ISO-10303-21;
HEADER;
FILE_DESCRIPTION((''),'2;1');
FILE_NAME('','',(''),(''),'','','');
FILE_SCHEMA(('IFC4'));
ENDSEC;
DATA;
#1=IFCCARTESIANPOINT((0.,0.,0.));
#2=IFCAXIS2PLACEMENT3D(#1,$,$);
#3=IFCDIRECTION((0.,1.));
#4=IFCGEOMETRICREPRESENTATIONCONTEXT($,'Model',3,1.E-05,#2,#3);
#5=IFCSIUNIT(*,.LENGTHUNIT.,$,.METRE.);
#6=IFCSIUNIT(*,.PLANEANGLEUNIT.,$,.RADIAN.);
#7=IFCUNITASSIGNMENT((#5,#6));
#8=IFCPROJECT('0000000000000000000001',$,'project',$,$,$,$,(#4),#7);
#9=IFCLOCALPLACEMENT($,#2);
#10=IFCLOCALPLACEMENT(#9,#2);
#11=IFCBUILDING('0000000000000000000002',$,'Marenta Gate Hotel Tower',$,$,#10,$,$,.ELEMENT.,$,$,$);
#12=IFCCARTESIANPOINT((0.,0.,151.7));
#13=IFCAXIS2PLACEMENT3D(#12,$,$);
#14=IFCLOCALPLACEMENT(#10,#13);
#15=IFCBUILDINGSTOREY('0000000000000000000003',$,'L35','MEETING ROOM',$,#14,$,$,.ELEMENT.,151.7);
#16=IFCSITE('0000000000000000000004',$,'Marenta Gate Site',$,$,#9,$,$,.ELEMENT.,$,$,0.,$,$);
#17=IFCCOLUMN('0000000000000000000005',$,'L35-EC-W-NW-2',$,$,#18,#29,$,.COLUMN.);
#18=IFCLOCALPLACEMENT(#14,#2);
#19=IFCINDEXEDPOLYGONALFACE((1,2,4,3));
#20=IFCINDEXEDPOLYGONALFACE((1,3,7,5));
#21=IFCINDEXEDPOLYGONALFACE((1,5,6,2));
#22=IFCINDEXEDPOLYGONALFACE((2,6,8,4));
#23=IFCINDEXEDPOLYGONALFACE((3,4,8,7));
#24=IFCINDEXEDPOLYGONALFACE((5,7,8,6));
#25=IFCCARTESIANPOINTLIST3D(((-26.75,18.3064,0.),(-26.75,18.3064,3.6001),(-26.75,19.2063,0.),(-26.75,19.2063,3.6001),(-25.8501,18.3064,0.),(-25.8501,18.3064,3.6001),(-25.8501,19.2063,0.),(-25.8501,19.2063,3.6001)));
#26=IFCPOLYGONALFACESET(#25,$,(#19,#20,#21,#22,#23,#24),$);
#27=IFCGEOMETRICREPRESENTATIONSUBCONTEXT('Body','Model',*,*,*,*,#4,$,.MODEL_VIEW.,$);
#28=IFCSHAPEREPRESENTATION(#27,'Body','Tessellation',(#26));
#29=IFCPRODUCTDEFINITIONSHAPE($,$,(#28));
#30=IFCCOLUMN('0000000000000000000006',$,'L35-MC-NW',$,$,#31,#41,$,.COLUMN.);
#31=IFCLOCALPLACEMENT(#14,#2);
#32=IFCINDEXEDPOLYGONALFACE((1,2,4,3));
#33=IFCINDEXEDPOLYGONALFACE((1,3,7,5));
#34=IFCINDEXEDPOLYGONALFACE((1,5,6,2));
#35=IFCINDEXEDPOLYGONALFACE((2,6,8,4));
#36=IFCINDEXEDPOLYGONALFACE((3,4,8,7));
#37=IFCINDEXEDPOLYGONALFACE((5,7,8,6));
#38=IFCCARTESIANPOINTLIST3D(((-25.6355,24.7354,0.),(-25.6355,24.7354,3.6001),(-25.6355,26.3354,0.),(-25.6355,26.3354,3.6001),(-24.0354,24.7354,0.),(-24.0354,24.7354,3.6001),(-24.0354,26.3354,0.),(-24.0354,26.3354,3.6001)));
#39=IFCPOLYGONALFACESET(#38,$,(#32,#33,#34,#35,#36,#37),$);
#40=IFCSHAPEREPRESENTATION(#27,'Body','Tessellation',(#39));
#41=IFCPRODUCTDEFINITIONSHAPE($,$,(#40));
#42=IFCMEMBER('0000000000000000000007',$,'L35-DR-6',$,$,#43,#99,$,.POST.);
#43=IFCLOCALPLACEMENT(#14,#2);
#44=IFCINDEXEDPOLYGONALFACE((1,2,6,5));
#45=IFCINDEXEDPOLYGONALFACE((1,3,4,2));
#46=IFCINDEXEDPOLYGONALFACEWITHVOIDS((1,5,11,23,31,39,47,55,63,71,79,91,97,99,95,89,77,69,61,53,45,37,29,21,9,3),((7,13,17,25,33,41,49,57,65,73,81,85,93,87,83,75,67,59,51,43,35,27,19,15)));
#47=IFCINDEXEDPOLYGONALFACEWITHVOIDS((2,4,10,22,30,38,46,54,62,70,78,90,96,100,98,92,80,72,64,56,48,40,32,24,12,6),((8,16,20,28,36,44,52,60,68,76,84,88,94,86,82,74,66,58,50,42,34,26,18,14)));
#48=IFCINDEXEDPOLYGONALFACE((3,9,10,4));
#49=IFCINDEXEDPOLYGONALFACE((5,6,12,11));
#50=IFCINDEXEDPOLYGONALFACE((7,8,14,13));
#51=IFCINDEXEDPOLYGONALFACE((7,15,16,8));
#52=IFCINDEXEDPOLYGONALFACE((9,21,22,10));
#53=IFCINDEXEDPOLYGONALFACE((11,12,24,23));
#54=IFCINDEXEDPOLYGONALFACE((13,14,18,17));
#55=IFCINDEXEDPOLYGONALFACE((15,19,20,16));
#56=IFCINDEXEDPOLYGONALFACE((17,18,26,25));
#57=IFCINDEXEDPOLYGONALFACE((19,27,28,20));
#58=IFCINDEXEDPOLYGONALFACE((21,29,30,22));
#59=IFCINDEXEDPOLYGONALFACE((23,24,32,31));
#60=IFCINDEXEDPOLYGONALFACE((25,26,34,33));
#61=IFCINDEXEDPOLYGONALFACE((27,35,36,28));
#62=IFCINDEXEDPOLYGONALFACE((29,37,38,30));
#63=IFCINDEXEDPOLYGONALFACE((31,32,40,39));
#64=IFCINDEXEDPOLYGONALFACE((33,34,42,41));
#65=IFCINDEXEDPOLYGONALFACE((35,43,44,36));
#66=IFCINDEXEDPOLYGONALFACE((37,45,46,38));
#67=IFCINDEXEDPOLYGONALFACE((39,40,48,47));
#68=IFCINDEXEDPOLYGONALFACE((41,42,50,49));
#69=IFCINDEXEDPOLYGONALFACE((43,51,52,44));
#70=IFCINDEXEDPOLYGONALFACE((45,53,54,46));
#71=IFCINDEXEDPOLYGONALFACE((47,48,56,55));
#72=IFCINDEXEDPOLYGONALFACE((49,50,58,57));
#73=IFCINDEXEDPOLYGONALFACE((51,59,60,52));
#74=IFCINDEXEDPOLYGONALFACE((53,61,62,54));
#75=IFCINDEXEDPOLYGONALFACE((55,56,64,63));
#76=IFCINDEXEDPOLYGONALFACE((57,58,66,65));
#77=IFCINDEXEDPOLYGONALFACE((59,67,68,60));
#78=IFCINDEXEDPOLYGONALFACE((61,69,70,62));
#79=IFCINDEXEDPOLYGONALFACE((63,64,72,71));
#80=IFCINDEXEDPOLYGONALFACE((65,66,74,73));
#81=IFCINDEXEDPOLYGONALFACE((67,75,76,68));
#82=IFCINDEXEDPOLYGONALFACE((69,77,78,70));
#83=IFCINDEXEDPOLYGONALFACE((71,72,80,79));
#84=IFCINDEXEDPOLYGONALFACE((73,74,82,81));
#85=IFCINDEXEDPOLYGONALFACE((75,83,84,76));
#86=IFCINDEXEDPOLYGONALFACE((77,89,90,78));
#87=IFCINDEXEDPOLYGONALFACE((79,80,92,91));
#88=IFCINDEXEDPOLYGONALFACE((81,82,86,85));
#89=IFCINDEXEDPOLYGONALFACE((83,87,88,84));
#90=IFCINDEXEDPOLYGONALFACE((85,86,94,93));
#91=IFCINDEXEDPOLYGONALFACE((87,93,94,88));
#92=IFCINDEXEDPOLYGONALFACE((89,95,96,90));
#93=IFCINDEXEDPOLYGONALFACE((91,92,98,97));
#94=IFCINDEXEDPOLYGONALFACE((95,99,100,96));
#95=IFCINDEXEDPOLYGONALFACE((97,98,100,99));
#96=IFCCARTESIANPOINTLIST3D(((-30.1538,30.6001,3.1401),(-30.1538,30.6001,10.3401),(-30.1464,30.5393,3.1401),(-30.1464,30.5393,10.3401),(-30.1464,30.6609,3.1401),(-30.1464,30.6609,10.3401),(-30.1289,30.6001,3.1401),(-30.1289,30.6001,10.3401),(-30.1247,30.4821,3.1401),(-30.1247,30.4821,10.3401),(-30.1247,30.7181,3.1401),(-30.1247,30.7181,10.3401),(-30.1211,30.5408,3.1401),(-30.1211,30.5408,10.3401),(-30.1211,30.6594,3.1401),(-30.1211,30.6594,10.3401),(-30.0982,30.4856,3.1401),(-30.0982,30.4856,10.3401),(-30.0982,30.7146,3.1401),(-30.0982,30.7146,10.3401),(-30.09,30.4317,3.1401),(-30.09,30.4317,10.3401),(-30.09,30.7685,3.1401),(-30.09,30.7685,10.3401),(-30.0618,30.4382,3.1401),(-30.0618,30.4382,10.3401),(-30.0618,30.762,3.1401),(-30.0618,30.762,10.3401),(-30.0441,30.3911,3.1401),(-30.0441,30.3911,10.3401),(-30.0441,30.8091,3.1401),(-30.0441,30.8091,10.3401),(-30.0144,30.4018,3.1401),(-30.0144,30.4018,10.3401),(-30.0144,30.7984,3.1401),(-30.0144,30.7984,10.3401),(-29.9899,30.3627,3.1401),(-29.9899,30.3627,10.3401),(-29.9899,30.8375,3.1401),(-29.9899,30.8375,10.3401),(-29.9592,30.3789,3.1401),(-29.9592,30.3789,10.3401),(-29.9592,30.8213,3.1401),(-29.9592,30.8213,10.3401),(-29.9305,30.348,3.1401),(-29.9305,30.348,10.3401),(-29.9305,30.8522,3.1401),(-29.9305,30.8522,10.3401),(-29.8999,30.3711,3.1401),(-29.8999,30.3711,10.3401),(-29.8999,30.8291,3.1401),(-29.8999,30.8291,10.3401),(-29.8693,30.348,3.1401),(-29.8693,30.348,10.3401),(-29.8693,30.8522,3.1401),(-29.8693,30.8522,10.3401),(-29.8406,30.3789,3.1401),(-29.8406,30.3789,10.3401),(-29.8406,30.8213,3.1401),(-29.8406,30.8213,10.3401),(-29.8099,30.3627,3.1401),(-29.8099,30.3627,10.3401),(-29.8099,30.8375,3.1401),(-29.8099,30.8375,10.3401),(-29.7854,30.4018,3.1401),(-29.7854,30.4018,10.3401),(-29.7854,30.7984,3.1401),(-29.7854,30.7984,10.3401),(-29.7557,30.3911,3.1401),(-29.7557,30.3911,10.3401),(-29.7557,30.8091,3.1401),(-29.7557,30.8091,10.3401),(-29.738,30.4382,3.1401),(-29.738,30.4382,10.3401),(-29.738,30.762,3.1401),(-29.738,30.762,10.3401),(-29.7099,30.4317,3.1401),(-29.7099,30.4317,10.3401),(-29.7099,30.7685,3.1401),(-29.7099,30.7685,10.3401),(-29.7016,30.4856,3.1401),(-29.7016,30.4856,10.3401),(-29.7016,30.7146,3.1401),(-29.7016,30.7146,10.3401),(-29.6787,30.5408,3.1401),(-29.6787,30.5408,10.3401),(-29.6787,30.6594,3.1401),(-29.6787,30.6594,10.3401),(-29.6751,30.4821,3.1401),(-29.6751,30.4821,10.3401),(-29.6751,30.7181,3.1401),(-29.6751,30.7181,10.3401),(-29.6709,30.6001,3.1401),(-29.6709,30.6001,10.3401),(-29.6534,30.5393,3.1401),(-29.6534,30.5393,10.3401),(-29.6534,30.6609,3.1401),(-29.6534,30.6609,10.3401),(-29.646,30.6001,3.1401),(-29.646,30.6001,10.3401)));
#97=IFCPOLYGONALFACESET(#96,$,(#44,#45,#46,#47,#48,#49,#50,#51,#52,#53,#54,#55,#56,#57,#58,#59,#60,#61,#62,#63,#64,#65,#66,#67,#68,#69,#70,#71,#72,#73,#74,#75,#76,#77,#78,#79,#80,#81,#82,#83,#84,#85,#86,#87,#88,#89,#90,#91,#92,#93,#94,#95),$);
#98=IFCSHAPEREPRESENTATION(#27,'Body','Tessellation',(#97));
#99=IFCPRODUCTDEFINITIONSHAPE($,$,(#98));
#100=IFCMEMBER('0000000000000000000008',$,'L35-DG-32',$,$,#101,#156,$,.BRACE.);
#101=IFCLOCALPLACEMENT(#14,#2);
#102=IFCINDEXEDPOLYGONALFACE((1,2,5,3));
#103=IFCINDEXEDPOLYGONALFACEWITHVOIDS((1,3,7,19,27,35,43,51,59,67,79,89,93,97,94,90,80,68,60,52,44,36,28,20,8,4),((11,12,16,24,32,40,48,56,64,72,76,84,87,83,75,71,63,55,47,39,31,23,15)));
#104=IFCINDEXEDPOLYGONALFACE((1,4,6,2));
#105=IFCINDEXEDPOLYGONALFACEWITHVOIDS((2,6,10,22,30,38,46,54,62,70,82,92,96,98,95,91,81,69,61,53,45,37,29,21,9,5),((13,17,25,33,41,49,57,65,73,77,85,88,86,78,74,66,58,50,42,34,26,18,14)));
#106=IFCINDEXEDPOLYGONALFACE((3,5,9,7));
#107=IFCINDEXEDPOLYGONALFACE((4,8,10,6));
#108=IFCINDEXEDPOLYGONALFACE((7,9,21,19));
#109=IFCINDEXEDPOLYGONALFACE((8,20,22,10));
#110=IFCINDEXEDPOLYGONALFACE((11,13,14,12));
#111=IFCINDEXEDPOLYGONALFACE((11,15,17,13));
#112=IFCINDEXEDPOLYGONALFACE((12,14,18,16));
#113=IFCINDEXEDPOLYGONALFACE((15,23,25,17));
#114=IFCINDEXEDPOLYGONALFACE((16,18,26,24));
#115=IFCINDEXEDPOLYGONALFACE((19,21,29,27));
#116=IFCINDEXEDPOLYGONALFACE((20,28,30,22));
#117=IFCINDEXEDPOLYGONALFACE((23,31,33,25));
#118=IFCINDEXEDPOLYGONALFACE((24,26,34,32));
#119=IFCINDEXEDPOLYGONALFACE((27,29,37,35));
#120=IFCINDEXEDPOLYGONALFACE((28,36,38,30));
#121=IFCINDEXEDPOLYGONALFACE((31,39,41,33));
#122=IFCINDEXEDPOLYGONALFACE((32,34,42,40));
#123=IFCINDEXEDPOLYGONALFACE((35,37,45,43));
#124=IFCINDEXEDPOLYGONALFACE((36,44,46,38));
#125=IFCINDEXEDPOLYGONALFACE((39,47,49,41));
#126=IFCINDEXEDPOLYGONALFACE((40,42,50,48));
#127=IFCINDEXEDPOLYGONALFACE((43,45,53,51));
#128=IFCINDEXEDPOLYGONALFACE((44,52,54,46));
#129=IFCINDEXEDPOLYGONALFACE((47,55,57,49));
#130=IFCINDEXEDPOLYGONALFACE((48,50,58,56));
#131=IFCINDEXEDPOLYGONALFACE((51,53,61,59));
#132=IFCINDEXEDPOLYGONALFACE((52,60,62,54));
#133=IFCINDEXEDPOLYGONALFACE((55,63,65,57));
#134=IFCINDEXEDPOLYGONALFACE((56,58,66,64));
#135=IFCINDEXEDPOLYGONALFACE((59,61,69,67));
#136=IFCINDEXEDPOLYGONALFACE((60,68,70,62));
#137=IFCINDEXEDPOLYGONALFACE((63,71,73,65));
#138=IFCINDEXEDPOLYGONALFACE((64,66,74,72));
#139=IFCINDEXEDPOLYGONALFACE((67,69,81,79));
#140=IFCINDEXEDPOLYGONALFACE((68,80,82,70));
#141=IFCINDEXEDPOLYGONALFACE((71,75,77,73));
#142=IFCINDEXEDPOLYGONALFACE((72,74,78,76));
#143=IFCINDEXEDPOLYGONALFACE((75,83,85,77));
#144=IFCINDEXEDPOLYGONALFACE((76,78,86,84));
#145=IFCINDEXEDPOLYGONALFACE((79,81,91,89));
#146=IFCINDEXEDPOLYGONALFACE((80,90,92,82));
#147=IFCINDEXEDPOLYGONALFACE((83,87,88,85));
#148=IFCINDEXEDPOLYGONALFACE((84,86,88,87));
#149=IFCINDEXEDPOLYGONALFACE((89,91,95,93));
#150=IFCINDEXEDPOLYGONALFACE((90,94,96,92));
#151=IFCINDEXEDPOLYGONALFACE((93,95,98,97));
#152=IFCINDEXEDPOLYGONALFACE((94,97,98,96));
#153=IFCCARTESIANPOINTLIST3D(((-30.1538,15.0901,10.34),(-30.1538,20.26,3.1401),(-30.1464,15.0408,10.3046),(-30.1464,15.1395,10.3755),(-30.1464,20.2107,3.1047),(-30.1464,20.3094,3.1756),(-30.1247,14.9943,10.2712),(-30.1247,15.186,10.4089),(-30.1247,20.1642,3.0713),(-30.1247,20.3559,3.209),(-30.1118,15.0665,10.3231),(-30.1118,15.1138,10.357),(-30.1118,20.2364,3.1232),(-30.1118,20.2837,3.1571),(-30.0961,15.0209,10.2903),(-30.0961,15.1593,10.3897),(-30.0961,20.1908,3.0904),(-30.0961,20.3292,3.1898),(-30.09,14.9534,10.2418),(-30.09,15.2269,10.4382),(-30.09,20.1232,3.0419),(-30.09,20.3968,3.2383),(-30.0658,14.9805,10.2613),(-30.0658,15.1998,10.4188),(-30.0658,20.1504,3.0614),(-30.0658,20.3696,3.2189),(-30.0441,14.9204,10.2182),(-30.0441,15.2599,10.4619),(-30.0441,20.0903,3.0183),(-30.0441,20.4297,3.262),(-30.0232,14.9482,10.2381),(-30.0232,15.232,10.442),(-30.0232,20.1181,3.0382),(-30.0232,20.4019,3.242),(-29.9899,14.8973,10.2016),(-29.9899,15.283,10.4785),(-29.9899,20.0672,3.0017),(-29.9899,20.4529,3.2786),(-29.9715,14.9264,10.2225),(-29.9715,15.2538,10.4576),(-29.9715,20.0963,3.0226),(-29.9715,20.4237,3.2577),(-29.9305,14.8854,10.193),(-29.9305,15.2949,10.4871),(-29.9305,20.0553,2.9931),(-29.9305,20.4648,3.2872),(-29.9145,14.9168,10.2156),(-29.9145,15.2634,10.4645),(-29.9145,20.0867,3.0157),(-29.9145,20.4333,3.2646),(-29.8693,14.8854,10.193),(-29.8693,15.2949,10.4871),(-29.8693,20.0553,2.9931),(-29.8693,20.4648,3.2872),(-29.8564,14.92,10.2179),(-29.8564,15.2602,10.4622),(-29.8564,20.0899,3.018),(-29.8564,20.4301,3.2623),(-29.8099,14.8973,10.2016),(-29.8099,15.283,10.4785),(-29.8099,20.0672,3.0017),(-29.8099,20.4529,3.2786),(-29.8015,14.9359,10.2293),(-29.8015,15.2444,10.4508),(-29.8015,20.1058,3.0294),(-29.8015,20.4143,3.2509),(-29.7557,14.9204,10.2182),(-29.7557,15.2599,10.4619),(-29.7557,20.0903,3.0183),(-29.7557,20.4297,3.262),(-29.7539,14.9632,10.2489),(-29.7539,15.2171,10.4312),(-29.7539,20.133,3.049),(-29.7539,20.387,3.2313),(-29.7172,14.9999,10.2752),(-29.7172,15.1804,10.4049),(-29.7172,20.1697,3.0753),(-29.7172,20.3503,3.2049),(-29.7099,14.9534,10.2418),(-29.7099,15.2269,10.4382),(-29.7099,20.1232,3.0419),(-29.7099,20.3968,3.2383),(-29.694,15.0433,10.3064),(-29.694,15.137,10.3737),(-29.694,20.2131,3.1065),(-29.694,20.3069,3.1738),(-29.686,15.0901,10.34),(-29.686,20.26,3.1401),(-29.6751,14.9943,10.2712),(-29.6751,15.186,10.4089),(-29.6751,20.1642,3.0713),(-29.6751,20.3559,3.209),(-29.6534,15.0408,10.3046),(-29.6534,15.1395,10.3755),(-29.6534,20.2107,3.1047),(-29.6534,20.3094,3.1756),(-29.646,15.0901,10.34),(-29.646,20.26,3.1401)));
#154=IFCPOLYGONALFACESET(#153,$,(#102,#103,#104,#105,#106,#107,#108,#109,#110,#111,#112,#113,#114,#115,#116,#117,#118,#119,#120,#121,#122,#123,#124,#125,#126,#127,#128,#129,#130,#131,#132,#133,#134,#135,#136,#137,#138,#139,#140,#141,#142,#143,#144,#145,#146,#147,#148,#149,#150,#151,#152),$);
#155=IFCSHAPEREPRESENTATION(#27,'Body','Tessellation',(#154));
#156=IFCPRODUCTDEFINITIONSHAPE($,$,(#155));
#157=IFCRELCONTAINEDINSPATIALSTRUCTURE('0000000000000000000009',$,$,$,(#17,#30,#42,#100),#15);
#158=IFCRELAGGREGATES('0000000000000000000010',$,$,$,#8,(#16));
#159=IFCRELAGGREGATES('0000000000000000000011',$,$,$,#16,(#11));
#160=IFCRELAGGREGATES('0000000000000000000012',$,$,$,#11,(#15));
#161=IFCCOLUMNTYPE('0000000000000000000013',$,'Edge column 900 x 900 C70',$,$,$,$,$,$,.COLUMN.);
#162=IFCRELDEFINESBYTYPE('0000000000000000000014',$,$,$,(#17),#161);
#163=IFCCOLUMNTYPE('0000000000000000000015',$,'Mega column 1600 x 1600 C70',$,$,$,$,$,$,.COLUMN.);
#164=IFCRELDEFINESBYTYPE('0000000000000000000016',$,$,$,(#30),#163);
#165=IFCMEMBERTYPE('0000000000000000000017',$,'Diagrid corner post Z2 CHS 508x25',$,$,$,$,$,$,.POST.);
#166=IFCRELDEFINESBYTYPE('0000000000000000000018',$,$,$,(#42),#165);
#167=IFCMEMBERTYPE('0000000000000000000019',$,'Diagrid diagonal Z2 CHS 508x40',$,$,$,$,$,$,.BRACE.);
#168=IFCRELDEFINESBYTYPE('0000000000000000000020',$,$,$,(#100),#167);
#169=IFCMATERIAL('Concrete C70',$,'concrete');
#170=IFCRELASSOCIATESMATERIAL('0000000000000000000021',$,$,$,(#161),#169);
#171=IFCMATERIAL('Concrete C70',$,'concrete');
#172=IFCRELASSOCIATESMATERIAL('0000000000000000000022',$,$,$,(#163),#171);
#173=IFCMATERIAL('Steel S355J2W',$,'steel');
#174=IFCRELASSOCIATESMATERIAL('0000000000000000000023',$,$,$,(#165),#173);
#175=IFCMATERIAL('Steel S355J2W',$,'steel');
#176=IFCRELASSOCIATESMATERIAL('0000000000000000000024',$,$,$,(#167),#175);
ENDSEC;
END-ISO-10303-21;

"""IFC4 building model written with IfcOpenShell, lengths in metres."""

from ifc_helpers import new_model, si_unit, direction, frame, origin, origin_2d, place, context, subcontext, project, spatial, rectangle, hollow_circle, extrude, material, material_profile, profile_set, type_object, element, save


model = new_model("IFC4")

# Units and contexts
model_context = context("Model", 3, precision=1e-05, world=origin(), true_north=direction((0.0, 1.0)))
body_context = subcontext(model_context, "Body", "Model", "MODEL_VIEW")
ifc_project = project(units=[si_unit("LENGTHUNIT", "METRE"), si_unit("PLANEANGLEUNIT", "RADIAN")], contexts=[model_context])

# Site, building, storey
site_placement = place(None, origin())
site = spatial("IfcSite", under=ifc_project, at=site_placement, Name="Marenta Gate Site", CompositionType="ELEMENT", RefElevation=0.0)
building_placement = place(site_placement, origin())
building = spatial("IfcBuilding", under=site, at=building_placement, Name="Marenta Gate Hotel Tower", CompositionType="ELEMENT")
storey_placement = place(building_placement, frame((0.0, 0.0, 151.7)))
storey = spatial("IfcBuildingStorey", under=building, at=storey_placement, Name="L35", Description="MEETING ROOM", CompositionType="ELEMENT", Elevation=151.7)

# Columns
ifc_material_1 = material(Name="Concrete C70", Category="concrete")
ifc_material_profile_1 = material_profile(ifc_material_1, rectangle(XDim=0.8999, YDim=0.8999, at=origin_2d()), Name="900 x 900")
ifc_profile_set_1 = profile_set([ifc_material_profile_1], Name="Concrete C70")
column_type_1 = type_object("IfcColumnType", Name="Edge column 900 x 900 C70", PredefinedType="COLUMN", material=ifc_profile_set_1)
column_1_placement = place(storey_placement, frame((-26.3, 18.7563, 0.0), z_axis=(0.0, 0.0, 1.0), x_axis=(1.0, 0.0, 0.0)))
element("IfcColumn", 1, at=column_1_placement, inside=storey, type_object=column_type_1, Name="L35-EC-W-NW-2", PredefinedType="COLUMN", context=body_context, shape_type="SweptSolid", body=[
    extrude(rectangle(XDim=0.8999, YDim=0.8999, at=origin_2d()), origin(), (0.0, 0.0, 1.0), 3.6001),
])
ifc_material_2 = material(Name="Concrete C70", Category="concrete")
ifc_material_profile_2 = material_profile(ifc_material_2, rectangle(XDim=1.6001, YDim=1.6001, at=origin_2d()), Name="1600 x 1600")
ifc_profile_set_2 = profile_set([ifc_material_profile_2], Name="Concrete C70")
column_type_2 = type_object("IfcColumnType", Name="Mega column 1600 x 1600 C70", PredefinedType="COLUMN", material=ifc_profile_set_2)
column_2_placement = place(storey_placement, frame((-24.8354, 25.5354, 0.0), z_axis=(0.0, 0.0, 1.0), x_axis=(1.0, 0.0, 0.0)))
element("IfcColumn", 2, at=column_2_placement, inside=storey, type_object=column_type_2, Name="L35-MC-NW", PredefinedType="COLUMN", context=body_context, shape_type="SweptSolid", body=[
    extrude(rectangle(XDim=1.6001, YDim=1.6001, at=origin_2d()), origin(), (0.0, 0.0, 1.0), 3.6001),
])

# Members
ifc_material_3 = material(Name="Steel S355J2W", Category="steel")
ifc_material_profile_3 = material_profile(ifc_material_3, hollow_circle(Radius=0.2539, WallThickness=0.0249, at=origin_2d()), Name="CHS 508x25")
ifc_profile_set_3 = profile_set([ifc_material_profile_3], Name="Steel S355J2W")
member_type_1 = type_object("IfcMemberType", Name="Diagrid corner post Z2 CHS 508x25", PredefinedType="POST", material=ifc_profile_set_3)
member_1_placement = place(storey_placement, frame((-29.8999, 30.6001, 3.1401), z_axis=(0.0, 0.0, 1.0), x_axis=(1.0, 0.0, 0.0)))
element("IfcMember", 3, at=member_1_placement, inside=storey, type_object=member_type_1, Name="L35-DR-6", PredefinedType="POST", context=body_context, shape_type="SweptSolid", body=[
    extrude(hollow_circle(Radius=0.2539, WallThickness=0.0249, at=origin_2d()), origin(), (0.0, 0.0, 1.0), 7.2),
])
ifc_material_4 = material(Name="Steel S355J2W", Category="steel")
ifc_material_profile_4 = material_profile(ifc_material_4, hollow_circle(Radius=0.2539, WallThickness=0.04, at=origin_2d()), Name="CHS 508x40")
ifc_profile_set_4 = profile_set([ifc_material_profile_4], Name="Steel S355J2W")
member_type_2 = type_object("IfcMemberType", Name="Diagrid diagonal Z2 CHS 508x40", PredefinedType="BRACE", material=ifc_profile_set_4)
for number, where, z_axis, x_axis, name in (
    (4, (-29.8999, 20.26, 3.1401), (0.0, -0.583261, 0.812285), (1.0, 0.0, 0.0), "L35-DG-32"),
):
    element("IfcMember", number, at=place(storey_placement, frame(where, z_axis=z_axis, x_axis=x_axis)), inside=storey, type_object=member_type_2, Name=name, PredefinedType="BRACE", context=body_context, shape_type="SweptSolid", body=[
        extrude(hollow_circle(Radius=0.2539, WallThickness=0.04, at=origin_2d()), origin(), (0.0, 0.0, 1.0), 8.8638),
    ])

save(model, "model.ifc")
